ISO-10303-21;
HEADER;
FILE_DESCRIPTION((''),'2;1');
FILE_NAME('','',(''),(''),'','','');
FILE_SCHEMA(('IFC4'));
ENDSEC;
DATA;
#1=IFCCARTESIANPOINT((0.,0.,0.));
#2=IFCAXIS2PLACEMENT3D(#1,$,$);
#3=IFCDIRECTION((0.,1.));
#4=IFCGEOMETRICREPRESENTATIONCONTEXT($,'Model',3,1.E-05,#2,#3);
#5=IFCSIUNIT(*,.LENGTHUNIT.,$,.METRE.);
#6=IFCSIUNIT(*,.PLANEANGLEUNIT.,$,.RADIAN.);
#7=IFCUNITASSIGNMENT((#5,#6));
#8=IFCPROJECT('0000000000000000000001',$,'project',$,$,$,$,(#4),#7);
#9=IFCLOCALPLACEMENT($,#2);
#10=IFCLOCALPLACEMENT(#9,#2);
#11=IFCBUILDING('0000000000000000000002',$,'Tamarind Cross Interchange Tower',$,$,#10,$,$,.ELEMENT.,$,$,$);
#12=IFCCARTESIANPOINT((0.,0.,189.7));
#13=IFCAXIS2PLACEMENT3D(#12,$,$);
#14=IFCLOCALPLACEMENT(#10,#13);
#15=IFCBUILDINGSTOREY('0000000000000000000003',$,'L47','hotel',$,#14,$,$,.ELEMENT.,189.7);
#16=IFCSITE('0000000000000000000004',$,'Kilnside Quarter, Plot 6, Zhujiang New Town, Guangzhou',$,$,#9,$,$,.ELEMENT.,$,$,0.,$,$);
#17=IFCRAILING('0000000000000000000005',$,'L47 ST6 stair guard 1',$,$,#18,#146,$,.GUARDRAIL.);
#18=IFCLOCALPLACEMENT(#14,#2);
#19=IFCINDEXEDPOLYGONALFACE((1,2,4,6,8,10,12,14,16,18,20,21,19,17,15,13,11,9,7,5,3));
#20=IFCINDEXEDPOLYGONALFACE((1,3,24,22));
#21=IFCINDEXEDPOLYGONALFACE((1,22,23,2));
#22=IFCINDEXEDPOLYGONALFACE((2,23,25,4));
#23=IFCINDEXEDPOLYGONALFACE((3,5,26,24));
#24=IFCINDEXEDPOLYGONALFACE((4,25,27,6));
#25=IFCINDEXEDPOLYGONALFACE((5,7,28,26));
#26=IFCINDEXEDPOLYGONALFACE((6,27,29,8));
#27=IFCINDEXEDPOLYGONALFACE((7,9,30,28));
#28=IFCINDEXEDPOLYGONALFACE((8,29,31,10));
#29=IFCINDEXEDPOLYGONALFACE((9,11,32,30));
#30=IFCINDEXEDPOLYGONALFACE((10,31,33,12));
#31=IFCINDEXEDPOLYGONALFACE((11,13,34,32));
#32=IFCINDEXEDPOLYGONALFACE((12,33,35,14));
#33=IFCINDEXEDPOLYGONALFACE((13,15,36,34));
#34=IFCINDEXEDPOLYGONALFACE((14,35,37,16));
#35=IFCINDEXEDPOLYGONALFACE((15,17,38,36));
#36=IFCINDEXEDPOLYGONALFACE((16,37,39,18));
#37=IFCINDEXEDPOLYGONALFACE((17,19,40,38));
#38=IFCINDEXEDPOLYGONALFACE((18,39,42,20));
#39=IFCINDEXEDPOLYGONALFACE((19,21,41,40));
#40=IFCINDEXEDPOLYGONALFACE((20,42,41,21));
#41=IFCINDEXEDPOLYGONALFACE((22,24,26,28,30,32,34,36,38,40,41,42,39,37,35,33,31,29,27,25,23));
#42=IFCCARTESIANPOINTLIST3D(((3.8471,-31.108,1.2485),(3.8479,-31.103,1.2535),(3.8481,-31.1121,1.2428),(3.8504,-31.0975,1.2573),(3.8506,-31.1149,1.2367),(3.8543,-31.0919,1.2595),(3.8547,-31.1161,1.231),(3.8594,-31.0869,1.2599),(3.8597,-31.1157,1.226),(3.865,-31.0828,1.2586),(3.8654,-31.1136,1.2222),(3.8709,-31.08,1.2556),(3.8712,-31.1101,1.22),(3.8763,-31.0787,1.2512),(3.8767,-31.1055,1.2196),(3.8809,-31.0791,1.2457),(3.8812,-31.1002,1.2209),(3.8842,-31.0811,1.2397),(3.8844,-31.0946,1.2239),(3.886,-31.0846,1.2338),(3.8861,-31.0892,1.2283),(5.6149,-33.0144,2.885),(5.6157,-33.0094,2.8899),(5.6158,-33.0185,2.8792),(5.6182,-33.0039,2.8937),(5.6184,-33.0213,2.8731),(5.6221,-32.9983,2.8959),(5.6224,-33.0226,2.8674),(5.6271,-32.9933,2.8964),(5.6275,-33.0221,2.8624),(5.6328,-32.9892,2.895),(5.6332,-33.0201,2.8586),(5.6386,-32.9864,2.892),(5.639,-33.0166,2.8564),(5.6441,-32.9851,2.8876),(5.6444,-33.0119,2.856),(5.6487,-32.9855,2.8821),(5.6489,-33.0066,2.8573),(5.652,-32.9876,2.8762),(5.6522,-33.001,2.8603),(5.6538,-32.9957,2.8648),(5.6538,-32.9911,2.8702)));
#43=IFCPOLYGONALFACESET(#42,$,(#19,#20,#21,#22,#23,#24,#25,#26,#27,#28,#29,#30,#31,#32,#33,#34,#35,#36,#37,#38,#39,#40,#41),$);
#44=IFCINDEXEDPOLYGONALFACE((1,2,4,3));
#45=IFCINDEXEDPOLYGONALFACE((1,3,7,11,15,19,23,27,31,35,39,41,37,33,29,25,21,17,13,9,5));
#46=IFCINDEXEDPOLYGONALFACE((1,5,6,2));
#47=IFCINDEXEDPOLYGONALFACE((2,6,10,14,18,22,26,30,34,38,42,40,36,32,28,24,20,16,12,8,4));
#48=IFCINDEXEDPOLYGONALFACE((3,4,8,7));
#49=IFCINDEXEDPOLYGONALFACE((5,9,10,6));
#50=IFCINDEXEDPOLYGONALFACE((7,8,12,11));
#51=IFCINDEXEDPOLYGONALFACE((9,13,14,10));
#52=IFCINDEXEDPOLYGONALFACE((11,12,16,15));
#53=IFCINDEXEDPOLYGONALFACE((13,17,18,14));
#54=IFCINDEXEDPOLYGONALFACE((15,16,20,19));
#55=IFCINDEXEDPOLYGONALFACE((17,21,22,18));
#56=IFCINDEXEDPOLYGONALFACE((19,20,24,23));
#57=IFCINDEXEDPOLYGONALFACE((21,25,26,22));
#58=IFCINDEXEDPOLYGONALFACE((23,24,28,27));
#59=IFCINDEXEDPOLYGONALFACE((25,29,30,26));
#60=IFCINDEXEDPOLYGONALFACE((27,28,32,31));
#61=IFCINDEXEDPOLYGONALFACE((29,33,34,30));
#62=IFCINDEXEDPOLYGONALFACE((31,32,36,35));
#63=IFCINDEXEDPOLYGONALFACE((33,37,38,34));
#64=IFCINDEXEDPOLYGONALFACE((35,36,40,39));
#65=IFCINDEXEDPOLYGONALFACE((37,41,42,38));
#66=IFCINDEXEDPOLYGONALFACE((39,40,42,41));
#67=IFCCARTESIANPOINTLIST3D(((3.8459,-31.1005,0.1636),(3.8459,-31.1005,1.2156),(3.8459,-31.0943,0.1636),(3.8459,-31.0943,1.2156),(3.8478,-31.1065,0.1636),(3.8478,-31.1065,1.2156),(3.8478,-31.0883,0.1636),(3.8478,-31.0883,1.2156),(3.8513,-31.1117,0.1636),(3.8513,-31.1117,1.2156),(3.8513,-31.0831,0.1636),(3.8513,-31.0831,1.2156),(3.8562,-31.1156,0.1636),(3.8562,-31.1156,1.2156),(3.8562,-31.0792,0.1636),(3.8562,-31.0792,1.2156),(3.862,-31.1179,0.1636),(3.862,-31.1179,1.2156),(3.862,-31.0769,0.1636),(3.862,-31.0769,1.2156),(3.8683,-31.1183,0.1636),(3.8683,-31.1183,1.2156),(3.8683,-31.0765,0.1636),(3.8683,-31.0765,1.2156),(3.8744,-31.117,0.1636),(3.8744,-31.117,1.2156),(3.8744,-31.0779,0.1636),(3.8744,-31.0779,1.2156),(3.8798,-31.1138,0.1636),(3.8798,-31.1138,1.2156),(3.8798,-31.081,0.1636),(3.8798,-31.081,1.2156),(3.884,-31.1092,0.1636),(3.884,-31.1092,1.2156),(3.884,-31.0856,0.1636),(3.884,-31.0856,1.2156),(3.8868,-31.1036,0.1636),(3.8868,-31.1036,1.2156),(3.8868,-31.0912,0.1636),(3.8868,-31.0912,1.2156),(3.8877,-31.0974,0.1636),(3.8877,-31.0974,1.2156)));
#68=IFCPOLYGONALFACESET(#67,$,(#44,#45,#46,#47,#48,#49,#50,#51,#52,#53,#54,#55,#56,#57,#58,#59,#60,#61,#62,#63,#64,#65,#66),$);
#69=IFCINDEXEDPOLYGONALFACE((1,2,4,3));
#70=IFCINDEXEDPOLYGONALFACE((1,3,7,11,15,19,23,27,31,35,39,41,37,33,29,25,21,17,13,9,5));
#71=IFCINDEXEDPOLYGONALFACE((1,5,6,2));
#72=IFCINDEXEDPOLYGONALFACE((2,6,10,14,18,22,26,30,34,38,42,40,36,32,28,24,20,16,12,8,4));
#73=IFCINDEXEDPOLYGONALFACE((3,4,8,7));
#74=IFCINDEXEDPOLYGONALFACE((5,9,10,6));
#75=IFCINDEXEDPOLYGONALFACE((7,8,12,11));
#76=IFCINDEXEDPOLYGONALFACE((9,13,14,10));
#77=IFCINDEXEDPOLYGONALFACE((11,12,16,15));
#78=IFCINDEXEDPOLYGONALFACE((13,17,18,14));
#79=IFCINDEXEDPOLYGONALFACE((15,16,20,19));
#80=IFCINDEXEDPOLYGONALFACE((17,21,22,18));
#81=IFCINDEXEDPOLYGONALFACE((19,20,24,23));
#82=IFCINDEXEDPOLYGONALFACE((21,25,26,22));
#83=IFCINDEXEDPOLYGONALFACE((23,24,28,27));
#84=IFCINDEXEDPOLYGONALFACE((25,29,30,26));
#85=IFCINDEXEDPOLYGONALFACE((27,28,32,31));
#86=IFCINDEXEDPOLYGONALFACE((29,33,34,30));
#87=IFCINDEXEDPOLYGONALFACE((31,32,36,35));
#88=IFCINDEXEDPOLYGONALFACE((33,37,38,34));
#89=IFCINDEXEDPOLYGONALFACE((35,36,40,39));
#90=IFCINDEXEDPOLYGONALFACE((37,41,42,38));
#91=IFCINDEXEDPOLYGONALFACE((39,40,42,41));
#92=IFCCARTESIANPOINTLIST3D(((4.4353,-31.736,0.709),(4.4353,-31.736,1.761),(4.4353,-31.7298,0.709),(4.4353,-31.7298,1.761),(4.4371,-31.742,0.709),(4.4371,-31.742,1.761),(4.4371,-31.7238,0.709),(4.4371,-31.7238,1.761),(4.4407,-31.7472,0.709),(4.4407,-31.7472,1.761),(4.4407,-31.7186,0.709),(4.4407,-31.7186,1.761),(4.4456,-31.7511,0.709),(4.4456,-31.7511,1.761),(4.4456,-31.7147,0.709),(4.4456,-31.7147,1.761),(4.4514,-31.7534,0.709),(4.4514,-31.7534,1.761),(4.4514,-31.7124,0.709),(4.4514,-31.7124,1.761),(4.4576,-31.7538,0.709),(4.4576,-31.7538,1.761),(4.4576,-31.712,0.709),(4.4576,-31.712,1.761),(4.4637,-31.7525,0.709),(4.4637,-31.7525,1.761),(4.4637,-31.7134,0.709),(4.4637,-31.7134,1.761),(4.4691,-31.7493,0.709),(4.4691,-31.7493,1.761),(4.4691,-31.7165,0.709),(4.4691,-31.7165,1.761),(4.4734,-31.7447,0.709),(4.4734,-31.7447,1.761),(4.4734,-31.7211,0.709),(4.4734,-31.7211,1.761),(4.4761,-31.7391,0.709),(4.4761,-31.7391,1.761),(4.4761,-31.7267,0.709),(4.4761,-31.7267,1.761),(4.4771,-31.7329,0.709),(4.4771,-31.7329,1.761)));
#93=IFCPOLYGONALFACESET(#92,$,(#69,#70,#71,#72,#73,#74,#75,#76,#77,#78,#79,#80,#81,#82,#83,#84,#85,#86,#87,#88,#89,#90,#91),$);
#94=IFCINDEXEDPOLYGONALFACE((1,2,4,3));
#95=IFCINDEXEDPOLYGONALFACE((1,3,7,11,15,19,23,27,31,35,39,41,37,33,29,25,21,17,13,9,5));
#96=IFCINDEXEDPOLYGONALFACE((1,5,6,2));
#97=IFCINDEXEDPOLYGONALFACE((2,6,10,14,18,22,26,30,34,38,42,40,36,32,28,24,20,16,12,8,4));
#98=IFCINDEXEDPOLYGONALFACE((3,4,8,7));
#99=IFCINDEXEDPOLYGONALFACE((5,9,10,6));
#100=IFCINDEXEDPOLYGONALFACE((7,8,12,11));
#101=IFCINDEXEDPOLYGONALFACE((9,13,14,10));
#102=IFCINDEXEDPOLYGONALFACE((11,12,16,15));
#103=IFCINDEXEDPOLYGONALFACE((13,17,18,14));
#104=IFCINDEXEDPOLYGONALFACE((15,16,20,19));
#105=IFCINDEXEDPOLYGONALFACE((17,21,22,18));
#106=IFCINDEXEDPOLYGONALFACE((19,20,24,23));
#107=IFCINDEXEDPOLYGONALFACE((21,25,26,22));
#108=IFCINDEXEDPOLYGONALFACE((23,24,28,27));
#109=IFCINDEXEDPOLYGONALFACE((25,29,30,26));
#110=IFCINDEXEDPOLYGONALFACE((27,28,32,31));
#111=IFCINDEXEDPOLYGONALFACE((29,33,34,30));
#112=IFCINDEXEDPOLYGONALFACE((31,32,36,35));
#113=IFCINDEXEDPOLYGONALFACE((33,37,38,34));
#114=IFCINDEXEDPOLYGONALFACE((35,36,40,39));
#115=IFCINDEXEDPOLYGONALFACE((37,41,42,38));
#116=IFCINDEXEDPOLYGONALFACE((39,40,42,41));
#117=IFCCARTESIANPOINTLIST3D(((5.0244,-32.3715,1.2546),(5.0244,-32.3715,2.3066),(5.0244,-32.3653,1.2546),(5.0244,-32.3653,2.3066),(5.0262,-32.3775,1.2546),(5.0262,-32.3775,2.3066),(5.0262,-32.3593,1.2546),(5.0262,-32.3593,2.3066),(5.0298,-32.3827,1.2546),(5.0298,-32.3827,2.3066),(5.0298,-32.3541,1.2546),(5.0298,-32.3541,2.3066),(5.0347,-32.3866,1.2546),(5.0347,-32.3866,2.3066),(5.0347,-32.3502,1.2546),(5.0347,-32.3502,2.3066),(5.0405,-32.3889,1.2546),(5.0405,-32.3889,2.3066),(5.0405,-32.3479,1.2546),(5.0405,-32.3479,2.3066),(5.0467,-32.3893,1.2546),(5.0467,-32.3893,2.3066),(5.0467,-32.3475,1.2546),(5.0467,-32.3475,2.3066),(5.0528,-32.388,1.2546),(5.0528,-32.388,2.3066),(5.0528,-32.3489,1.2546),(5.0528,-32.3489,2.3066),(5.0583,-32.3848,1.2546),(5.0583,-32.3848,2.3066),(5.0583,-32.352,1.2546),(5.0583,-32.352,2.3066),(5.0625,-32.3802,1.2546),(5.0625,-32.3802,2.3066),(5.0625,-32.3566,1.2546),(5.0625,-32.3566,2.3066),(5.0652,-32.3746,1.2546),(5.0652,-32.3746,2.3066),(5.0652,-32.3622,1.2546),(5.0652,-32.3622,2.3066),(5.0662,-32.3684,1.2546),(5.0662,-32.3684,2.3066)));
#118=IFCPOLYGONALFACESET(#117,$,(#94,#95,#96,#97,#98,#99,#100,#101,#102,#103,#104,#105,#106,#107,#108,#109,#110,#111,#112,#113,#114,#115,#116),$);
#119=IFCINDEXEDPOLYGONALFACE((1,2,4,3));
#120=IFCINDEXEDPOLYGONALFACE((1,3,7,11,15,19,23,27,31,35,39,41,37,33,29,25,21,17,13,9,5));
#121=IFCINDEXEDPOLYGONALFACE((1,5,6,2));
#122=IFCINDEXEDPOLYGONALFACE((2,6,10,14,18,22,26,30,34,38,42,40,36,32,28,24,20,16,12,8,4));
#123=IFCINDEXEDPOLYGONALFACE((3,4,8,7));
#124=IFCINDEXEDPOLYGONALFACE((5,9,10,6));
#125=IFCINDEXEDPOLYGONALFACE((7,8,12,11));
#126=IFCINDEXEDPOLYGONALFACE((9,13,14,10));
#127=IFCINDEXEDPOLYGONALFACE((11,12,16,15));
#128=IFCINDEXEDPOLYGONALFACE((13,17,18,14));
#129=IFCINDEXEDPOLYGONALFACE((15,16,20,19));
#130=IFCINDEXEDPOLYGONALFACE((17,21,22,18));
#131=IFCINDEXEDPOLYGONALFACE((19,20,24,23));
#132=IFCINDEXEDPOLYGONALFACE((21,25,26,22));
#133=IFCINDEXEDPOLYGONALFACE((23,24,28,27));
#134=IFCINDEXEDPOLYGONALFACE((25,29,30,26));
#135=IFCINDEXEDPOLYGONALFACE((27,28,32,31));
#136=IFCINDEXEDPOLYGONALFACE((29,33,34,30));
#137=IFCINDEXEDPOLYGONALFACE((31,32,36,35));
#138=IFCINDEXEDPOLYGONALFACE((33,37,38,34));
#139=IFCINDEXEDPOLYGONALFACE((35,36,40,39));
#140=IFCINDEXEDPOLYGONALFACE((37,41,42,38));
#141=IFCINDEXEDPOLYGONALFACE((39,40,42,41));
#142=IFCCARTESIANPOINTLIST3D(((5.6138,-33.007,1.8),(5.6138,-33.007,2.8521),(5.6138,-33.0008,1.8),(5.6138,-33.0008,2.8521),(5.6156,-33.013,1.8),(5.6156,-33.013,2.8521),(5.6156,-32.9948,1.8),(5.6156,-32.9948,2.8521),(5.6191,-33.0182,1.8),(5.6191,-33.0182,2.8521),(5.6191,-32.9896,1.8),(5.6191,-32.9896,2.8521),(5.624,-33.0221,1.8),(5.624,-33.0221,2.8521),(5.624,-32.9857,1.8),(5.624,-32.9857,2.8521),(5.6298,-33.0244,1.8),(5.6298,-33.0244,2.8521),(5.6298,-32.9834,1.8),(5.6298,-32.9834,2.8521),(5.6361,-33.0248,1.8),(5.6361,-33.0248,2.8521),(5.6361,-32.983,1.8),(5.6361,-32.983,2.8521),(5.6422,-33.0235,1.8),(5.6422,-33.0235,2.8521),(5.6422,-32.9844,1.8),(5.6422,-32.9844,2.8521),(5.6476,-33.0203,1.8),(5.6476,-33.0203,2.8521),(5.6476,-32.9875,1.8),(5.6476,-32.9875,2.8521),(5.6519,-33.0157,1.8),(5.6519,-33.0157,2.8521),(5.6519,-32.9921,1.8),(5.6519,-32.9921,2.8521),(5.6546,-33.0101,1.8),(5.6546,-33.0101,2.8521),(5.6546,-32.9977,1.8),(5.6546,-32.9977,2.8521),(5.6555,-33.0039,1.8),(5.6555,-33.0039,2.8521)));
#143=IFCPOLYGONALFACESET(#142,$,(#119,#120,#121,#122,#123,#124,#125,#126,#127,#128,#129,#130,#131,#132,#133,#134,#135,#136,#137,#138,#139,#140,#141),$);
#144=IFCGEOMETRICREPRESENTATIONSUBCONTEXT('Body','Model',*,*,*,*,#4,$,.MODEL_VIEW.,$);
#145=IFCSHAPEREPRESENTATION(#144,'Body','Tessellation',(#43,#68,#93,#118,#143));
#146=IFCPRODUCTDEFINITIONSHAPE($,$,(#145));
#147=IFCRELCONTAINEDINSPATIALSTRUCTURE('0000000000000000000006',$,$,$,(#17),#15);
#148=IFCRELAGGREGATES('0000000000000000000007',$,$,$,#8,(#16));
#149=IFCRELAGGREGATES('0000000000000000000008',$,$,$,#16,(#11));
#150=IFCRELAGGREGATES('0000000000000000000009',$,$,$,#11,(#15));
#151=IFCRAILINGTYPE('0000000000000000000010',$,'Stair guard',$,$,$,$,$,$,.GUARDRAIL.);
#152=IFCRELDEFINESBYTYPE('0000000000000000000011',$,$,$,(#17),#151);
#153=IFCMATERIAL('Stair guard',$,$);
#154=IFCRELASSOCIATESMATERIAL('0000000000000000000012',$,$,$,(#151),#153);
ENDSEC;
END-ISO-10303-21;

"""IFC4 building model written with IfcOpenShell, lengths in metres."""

from ifc_helpers import new_model, si_unit, direction, frame, origin, origin_2d, place, context, subcontext, project, spatial, circle, extrude, material, type_object, element, save


model = new_model("IFC4")

# Units and contexts
model_context = context("Model", 3, precision=1e-05, world=origin(), true_north=direction((0.0, 1.0)))
body_context = subcontext(model_context, "Body", "Model", "MODEL_VIEW")
ifc_project = project(units=[si_unit("LENGTHUNIT", "METRE"), si_unit("PLANEANGLEUNIT", "RADIAN")], contexts=[model_context])

# Site, building, storey
site_placement = place(None, origin())
site = spatial("IfcSite", under=ifc_project, at=site_placement, Name="Kilnside Quarter, Plot 6, Zhujiang New Town, Guangzhou", CompositionType="ELEMENT", RefElevation=0.0)
building_placement = place(site_placement, origin())
building = spatial("IfcBuilding", under=site, at=building_placement, Name="Tamarind Cross Interchange Tower", CompositionType="ELEMENT")
storey_placement = place(building_placement, frame((0.0, 0.0, 189.7)))
storey = spatial("IfcBuildingStorey", under=building, at=storey_placement, Name="L47", Description="hotel", CompositionType="ELEMENT", Elevation=189.7)

# Railing
ifc_material_1 = material(Name="Stair guard")
railing_type_1 = type_object("IfcRailingType", Name="Stair guard", PredefinedType="GUARDRAIL", material=ifc_material_1)
railing_1_placement = place(storey_placement, frame((3.8667, -31.0974, 0.1636)))
element("IfcRailing", 1, at=railing_1_placement, inside=storey, type_object=railing_type_1, Name="L47 ST6 stair guard 1", PredefinedType="GUARDRAIL", context=body_context, shape_type="SweptSolid", body=[
    extrude(circle(Radius=0.0239, at=origin_2d()), frame((0.0, 0.0, 1.0762), z_axis=(0.575439, -0.620578, 0.532685), x_axis=(0.733272, 0.679936, 0.0)), (0.0, 0.0, 1.0), 3.072),
    extrude(circle(Radius=0.021, at=origin_2d()), origin(), (0.0, 0.0, 1.0), 1.052),
    extrude(circle(Radius=0.021, at=origin_2d()), frame((0.5894, -0.6355, 0.5454)), (0.0, 0.0, 1.0), 1.052),
    extrude(circle(Radius=0.021, at=origin_2d()), frame((1.1785, -1.271, 1.0911)), (0.0, 0.0, 1.0), 1.052),
    extrude(circle(Radius=0.021, at=origin_2d()), frame((1.7678, -1.9065, 1.6365)), (0.0, 0.0, 1.0), 1.052),
])

save(model, "model.ifc")
